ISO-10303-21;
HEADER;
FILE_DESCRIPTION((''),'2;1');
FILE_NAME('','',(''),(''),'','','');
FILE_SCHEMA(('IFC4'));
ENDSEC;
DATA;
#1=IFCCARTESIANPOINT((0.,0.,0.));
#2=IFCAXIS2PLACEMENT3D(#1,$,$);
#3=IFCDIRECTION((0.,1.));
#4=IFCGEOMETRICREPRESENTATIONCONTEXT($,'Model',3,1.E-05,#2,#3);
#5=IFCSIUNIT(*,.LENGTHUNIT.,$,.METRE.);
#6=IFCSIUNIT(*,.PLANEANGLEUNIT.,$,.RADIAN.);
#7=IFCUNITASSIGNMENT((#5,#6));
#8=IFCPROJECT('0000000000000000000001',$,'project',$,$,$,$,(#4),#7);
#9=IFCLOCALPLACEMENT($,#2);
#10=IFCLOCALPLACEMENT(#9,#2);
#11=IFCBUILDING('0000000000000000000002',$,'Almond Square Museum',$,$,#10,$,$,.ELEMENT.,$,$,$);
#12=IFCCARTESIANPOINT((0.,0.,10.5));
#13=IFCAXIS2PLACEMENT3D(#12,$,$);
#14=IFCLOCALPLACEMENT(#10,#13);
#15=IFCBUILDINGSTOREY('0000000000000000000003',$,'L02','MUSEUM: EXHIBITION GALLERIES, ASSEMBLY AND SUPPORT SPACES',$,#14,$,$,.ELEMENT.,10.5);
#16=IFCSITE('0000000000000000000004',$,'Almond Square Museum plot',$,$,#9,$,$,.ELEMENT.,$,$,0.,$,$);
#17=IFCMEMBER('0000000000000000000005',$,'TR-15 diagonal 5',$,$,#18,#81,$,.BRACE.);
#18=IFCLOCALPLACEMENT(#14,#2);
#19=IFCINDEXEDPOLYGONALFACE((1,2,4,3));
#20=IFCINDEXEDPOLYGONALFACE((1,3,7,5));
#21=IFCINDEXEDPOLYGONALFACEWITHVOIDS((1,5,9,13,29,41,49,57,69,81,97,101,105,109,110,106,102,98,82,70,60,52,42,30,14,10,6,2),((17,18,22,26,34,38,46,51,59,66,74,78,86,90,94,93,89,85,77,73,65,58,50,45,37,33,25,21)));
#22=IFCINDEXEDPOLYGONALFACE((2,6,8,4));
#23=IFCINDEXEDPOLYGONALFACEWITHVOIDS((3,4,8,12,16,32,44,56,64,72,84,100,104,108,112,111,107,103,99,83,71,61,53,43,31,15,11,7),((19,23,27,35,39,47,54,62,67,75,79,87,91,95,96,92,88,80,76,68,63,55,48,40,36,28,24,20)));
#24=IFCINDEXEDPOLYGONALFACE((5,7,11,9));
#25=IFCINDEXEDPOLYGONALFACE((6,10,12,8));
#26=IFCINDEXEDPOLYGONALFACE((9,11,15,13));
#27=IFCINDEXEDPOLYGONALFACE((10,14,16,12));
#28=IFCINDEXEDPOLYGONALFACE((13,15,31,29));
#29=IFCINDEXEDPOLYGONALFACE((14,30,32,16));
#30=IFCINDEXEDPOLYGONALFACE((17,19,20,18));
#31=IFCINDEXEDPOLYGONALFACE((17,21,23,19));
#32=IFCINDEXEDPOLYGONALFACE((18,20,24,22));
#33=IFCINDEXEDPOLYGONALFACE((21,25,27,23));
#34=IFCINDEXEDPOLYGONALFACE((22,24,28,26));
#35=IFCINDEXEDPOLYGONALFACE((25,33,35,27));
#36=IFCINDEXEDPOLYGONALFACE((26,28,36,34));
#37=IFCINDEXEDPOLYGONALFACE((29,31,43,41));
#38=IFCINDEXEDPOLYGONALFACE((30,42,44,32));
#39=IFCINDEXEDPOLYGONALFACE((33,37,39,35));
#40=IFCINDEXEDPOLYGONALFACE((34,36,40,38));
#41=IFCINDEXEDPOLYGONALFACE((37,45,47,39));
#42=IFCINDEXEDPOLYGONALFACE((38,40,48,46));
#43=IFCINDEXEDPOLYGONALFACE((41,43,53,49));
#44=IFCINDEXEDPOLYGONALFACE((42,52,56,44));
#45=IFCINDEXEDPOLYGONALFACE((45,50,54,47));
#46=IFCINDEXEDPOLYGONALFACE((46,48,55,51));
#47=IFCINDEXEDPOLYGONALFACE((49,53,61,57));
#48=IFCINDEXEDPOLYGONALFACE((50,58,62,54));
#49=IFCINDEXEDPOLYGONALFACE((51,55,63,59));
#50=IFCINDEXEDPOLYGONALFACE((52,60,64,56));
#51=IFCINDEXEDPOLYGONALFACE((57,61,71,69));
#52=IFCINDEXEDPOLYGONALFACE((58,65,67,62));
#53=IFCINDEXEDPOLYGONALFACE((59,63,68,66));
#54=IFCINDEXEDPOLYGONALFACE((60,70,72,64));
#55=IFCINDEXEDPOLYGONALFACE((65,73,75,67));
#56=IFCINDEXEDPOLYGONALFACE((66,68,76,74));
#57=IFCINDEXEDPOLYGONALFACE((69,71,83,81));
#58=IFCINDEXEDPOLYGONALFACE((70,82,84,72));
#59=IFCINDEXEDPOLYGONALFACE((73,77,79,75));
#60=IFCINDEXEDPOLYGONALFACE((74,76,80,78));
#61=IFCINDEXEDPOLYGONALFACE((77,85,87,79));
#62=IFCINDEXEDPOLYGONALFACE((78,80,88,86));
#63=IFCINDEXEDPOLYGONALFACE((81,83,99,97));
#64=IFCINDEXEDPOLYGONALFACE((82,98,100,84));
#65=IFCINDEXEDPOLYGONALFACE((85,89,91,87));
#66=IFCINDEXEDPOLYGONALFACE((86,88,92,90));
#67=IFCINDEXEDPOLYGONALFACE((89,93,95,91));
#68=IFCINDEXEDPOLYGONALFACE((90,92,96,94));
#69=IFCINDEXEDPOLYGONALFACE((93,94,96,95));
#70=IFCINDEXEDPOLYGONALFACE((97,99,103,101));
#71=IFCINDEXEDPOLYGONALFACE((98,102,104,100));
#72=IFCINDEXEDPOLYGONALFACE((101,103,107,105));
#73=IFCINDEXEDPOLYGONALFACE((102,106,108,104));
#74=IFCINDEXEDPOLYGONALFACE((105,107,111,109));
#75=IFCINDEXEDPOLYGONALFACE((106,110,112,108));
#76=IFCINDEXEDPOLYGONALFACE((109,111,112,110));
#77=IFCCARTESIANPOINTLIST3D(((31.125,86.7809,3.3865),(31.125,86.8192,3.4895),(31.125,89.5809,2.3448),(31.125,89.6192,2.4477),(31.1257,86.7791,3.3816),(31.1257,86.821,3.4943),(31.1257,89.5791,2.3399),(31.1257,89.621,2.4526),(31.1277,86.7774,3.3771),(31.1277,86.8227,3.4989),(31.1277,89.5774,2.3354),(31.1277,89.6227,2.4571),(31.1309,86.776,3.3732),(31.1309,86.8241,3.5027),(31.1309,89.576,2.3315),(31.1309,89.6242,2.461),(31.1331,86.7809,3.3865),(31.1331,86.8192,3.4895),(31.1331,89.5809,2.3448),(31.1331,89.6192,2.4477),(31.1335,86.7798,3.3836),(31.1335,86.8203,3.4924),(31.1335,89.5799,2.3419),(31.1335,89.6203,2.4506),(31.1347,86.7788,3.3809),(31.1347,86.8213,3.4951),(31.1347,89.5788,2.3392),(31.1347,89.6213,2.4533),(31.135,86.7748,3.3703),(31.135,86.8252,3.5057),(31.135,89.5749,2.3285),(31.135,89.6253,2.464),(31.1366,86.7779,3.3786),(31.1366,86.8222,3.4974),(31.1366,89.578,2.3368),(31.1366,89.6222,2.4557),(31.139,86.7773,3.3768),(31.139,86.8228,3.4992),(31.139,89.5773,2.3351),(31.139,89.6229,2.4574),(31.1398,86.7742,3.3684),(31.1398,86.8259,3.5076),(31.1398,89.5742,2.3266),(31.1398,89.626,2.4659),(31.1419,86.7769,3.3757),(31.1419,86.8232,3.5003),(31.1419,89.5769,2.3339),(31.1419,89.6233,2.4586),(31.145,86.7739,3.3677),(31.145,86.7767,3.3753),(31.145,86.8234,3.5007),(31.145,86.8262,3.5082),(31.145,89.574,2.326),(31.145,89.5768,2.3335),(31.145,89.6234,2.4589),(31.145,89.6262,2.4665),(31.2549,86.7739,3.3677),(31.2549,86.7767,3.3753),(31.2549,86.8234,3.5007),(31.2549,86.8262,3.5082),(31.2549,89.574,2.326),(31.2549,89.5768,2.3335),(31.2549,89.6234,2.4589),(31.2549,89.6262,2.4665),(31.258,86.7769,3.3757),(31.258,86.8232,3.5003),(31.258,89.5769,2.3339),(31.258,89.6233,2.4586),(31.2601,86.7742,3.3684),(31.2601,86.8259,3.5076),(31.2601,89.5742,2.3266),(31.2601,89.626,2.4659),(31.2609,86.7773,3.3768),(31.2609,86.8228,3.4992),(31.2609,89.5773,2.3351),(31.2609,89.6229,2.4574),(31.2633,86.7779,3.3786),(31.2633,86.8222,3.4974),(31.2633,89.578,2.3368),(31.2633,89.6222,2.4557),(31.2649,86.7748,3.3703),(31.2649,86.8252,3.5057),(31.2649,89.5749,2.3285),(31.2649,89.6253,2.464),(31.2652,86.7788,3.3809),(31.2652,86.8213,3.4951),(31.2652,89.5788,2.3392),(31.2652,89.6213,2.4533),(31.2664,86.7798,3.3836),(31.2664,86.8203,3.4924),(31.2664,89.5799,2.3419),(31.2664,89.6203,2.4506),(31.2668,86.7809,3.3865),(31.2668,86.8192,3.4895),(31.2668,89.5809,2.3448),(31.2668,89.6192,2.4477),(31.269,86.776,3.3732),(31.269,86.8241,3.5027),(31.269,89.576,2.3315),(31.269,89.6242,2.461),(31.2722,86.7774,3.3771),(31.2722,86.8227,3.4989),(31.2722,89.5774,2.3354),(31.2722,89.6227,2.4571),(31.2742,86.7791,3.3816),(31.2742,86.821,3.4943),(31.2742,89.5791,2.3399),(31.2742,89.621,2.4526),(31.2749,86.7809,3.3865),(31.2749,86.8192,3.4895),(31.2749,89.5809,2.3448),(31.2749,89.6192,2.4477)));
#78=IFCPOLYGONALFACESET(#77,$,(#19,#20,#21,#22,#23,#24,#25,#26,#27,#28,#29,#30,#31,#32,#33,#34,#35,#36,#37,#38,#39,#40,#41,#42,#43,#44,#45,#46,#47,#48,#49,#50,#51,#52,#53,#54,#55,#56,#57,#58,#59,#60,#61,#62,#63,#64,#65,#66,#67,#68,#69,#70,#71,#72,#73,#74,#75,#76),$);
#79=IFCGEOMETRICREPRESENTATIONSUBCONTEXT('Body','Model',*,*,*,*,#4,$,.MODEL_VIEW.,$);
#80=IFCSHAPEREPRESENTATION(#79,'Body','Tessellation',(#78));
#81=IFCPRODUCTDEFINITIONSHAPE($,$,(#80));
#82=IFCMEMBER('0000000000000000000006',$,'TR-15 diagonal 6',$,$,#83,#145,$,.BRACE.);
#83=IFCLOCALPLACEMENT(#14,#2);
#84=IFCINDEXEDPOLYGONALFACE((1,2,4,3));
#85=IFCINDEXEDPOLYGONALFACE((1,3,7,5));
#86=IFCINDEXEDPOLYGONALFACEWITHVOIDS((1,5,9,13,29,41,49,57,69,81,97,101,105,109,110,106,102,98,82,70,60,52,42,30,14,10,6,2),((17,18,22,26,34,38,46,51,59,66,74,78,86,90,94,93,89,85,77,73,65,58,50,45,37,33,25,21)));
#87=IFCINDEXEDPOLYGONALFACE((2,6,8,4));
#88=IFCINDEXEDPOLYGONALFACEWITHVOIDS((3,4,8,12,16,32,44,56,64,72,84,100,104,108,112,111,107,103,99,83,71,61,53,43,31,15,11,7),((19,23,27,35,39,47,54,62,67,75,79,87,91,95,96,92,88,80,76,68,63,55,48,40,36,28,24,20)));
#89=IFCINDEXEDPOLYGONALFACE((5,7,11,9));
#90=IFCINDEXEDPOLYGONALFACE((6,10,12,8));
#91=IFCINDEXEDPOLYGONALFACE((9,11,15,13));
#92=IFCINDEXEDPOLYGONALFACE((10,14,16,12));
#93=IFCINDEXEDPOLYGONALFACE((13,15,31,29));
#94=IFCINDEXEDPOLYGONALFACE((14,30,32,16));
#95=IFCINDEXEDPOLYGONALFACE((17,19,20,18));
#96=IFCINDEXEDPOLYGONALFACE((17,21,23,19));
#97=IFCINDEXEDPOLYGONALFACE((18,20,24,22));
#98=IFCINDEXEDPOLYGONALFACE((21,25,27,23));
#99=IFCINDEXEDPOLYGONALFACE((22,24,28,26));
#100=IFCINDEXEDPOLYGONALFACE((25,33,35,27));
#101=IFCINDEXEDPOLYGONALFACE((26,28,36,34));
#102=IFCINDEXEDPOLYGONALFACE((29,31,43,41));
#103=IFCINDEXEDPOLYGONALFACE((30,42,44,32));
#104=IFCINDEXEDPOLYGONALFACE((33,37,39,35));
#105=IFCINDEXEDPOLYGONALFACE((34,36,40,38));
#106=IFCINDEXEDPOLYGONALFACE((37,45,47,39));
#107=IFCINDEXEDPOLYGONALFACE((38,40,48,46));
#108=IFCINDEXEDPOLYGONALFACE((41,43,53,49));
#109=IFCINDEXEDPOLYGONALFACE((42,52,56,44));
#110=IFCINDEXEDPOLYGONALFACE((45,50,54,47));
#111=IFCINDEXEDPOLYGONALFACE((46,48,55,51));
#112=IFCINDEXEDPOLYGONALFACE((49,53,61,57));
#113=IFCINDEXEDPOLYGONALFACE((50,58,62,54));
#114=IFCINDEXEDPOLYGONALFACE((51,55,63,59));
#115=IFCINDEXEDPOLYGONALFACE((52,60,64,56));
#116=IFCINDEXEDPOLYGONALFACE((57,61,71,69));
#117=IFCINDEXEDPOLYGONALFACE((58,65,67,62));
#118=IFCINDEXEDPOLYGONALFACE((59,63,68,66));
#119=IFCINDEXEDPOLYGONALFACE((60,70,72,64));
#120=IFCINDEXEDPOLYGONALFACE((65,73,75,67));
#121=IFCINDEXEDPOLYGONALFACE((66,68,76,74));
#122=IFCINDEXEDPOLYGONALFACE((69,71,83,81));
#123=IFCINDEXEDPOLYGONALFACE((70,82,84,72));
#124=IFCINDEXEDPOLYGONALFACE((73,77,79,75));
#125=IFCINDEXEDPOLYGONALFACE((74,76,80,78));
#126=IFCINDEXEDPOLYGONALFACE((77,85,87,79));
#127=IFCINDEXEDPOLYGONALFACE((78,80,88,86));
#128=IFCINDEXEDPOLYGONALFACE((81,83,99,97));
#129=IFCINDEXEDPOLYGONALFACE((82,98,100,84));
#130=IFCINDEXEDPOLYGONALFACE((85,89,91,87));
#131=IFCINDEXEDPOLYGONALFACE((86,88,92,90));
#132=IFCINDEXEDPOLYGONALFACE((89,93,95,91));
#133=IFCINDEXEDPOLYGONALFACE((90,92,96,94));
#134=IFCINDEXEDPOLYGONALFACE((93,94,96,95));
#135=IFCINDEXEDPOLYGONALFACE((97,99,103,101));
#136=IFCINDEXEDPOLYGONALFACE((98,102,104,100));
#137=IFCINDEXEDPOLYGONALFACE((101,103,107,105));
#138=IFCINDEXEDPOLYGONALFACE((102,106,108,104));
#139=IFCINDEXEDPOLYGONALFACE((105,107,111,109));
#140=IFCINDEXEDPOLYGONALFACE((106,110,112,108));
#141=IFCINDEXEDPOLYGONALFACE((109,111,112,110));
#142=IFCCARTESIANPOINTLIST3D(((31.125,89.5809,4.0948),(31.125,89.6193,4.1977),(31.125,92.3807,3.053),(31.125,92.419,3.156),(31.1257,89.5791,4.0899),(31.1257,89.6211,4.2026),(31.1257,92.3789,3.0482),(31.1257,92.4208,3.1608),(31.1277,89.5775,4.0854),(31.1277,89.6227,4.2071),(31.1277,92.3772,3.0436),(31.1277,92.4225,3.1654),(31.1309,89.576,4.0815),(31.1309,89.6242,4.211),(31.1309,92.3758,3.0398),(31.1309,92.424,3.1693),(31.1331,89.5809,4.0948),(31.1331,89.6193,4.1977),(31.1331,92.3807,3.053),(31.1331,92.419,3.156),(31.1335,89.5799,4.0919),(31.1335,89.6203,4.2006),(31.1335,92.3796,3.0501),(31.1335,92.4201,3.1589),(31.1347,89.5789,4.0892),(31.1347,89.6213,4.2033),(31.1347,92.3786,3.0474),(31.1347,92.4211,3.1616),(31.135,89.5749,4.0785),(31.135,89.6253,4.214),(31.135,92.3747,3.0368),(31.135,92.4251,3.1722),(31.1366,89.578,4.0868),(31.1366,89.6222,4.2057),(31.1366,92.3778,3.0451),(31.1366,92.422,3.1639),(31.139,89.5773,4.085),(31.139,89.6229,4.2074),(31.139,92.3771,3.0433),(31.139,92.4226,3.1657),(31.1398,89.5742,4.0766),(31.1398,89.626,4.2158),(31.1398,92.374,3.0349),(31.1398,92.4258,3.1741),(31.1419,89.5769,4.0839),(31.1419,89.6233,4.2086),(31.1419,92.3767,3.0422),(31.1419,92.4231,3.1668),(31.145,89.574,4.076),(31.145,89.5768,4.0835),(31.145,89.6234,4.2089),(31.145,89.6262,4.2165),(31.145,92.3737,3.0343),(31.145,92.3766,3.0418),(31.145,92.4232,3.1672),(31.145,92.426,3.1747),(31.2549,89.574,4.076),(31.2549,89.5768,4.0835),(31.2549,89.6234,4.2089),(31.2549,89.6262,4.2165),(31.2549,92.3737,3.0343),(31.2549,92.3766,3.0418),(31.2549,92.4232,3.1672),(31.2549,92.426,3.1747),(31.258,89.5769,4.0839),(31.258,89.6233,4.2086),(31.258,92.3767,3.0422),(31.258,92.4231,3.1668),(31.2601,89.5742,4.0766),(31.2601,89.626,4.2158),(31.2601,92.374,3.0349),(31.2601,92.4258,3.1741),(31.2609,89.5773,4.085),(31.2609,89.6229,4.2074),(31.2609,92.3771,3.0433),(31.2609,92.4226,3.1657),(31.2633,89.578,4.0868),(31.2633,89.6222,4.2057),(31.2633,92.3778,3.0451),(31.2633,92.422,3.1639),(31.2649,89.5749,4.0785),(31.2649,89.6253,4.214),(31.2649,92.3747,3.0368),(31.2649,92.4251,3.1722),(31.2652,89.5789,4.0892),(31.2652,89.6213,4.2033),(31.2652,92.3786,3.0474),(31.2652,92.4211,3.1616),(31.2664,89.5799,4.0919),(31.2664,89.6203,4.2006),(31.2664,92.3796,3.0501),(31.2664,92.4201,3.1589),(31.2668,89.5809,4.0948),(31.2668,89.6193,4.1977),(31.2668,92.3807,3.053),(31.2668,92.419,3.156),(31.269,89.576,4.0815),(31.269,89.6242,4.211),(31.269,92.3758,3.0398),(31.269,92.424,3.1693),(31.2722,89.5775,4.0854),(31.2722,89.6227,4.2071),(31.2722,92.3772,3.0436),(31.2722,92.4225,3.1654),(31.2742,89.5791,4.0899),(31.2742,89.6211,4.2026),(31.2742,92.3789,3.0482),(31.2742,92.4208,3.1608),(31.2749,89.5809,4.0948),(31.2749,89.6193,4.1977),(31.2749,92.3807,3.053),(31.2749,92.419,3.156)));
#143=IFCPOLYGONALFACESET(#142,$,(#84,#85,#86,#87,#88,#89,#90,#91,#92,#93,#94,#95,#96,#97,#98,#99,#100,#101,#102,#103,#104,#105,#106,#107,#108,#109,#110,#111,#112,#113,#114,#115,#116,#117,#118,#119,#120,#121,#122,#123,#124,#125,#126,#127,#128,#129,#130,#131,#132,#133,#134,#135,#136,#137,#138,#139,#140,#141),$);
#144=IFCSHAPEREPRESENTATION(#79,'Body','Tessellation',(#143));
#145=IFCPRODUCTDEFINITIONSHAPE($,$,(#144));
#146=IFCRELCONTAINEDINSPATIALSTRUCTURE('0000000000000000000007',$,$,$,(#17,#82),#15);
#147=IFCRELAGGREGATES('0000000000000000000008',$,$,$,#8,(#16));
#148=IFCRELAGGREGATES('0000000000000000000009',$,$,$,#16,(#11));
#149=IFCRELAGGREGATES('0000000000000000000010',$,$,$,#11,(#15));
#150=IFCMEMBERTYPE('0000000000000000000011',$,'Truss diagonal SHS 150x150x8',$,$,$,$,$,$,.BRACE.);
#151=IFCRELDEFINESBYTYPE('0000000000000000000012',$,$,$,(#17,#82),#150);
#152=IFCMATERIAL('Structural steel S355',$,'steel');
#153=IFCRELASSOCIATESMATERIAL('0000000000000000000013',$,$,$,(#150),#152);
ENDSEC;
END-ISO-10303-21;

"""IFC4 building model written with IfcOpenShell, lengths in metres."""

from ifc_helpers import new_model, si_unit, direction, frame, origin, origin_2d, place, context, subcontext, project, spatial, hollow_rectangle, extrude, material, material_profile, profile_set, type_object, element, save


model = new_model("IFC4")

# Units and contexts
model_context = context("Model", 3, precision=1e-05, world=origin(), true_north=direction((0.0, 1.0)))
body_context = subcontext(model_context, "Body", "Model", "MODEL_VIEW")
ifc_project = project(units=[si_unit("LENGTHUNIT", "METRE"), si_unit("PLANEANGLEUNIT", "RADIAN")], contexts=[model_context])

# Site, building, storey
site_placement = place(None, origin())
site = spatial("IfcSite", under=ifc_project, at=site_placement, Name="Almond Square Museum plot", CompositionType="ELEMENT", RefElevation=0.0)
building_placement = place(site_placement, origin())
building = spatial("IfcBuilding", under=site, at=building_placement, Name="Almond Square Museum", CompositionType="ELEMENT")
storey_placement = place(building_placement, frame((0.0, 0.0, 10.5)))
storey = spatial("IfcBuildingStorey", under=building, at=storey_placement, Name="L02", Description="MUSEUM: EXHIBITION GALLERIES, ASSEMBLY AND SUPPORT SPACES", CompositionType="ELEMENT", Elevation=10.5)

# Members
ifc_material_1 = material(Name="Structural steel S355", Category="steel")
ifc_material_profile_1 = material_profile(ifc_material_1, hollow_rectangle(XDim=0.1499, YDim=0.1499, WallThickness=0.0081, InnerFilletRadius=0.012, OuterFilletRadius=0.02, at=origin_2d()))
ifc_profile_set_1 = profile_set([ifc_material_profile_1], Name="Structural steel S355")
member_type_1 = type_object("IfcMemberType", Name="Truss diagonal SHS 150x150x8", PredefinedType="BRACE", material=ifc_profile_set_1)
member_1_placement = place(storey_placement, frame((31.2, 86.8, 3.438), z_axis=(0.0, 0.937236, -0.348695), x_axis=(-1.0, 0.0, 0.0)))
element("IfcMember", 1, at=member_1_placement, inside=storey, type_object=member_type_1, Name="TR-15 diagonal 5", PredefinedType="BRACE", context=body_context, shape_type="SweptSolid", body=[
    extrude(hollow_rectangle(XDim=0.1499, YDim=0.1499, WallThickness=0.0081, InnerFilletRadius=0.012, OuterFilletRadius=0.02, at=origin_2d()), origin(), (0.0, 0.0, 1.0), 2.9875),
])
member_2_placement = place(storey_placement, frame((31.2, 89.6001, 4.1462), z_axis=(0.0, 0.937226, -0.348722), x_axis=(-1.0, 0.0, 0.0)))
element("IfcMember", 2, at=member_2_placement, inside=storey, type_object=member_type_1, Name="TR-15 diagonal 6", PredefinedType="BRACE", context=body_context, shape_type="SweptSolid", body=[
    extrude(hollow_rectangle(XDim=0.1499, YDim=0.1499, WallThickness=0.0081, InnerFilletRadius=0.012, OuterFilletRadius=0.02, at=origin_2d()), origin(), (0.0, 0.0, 1.0), 2.9873),
])

save(model, "model.ifc")
